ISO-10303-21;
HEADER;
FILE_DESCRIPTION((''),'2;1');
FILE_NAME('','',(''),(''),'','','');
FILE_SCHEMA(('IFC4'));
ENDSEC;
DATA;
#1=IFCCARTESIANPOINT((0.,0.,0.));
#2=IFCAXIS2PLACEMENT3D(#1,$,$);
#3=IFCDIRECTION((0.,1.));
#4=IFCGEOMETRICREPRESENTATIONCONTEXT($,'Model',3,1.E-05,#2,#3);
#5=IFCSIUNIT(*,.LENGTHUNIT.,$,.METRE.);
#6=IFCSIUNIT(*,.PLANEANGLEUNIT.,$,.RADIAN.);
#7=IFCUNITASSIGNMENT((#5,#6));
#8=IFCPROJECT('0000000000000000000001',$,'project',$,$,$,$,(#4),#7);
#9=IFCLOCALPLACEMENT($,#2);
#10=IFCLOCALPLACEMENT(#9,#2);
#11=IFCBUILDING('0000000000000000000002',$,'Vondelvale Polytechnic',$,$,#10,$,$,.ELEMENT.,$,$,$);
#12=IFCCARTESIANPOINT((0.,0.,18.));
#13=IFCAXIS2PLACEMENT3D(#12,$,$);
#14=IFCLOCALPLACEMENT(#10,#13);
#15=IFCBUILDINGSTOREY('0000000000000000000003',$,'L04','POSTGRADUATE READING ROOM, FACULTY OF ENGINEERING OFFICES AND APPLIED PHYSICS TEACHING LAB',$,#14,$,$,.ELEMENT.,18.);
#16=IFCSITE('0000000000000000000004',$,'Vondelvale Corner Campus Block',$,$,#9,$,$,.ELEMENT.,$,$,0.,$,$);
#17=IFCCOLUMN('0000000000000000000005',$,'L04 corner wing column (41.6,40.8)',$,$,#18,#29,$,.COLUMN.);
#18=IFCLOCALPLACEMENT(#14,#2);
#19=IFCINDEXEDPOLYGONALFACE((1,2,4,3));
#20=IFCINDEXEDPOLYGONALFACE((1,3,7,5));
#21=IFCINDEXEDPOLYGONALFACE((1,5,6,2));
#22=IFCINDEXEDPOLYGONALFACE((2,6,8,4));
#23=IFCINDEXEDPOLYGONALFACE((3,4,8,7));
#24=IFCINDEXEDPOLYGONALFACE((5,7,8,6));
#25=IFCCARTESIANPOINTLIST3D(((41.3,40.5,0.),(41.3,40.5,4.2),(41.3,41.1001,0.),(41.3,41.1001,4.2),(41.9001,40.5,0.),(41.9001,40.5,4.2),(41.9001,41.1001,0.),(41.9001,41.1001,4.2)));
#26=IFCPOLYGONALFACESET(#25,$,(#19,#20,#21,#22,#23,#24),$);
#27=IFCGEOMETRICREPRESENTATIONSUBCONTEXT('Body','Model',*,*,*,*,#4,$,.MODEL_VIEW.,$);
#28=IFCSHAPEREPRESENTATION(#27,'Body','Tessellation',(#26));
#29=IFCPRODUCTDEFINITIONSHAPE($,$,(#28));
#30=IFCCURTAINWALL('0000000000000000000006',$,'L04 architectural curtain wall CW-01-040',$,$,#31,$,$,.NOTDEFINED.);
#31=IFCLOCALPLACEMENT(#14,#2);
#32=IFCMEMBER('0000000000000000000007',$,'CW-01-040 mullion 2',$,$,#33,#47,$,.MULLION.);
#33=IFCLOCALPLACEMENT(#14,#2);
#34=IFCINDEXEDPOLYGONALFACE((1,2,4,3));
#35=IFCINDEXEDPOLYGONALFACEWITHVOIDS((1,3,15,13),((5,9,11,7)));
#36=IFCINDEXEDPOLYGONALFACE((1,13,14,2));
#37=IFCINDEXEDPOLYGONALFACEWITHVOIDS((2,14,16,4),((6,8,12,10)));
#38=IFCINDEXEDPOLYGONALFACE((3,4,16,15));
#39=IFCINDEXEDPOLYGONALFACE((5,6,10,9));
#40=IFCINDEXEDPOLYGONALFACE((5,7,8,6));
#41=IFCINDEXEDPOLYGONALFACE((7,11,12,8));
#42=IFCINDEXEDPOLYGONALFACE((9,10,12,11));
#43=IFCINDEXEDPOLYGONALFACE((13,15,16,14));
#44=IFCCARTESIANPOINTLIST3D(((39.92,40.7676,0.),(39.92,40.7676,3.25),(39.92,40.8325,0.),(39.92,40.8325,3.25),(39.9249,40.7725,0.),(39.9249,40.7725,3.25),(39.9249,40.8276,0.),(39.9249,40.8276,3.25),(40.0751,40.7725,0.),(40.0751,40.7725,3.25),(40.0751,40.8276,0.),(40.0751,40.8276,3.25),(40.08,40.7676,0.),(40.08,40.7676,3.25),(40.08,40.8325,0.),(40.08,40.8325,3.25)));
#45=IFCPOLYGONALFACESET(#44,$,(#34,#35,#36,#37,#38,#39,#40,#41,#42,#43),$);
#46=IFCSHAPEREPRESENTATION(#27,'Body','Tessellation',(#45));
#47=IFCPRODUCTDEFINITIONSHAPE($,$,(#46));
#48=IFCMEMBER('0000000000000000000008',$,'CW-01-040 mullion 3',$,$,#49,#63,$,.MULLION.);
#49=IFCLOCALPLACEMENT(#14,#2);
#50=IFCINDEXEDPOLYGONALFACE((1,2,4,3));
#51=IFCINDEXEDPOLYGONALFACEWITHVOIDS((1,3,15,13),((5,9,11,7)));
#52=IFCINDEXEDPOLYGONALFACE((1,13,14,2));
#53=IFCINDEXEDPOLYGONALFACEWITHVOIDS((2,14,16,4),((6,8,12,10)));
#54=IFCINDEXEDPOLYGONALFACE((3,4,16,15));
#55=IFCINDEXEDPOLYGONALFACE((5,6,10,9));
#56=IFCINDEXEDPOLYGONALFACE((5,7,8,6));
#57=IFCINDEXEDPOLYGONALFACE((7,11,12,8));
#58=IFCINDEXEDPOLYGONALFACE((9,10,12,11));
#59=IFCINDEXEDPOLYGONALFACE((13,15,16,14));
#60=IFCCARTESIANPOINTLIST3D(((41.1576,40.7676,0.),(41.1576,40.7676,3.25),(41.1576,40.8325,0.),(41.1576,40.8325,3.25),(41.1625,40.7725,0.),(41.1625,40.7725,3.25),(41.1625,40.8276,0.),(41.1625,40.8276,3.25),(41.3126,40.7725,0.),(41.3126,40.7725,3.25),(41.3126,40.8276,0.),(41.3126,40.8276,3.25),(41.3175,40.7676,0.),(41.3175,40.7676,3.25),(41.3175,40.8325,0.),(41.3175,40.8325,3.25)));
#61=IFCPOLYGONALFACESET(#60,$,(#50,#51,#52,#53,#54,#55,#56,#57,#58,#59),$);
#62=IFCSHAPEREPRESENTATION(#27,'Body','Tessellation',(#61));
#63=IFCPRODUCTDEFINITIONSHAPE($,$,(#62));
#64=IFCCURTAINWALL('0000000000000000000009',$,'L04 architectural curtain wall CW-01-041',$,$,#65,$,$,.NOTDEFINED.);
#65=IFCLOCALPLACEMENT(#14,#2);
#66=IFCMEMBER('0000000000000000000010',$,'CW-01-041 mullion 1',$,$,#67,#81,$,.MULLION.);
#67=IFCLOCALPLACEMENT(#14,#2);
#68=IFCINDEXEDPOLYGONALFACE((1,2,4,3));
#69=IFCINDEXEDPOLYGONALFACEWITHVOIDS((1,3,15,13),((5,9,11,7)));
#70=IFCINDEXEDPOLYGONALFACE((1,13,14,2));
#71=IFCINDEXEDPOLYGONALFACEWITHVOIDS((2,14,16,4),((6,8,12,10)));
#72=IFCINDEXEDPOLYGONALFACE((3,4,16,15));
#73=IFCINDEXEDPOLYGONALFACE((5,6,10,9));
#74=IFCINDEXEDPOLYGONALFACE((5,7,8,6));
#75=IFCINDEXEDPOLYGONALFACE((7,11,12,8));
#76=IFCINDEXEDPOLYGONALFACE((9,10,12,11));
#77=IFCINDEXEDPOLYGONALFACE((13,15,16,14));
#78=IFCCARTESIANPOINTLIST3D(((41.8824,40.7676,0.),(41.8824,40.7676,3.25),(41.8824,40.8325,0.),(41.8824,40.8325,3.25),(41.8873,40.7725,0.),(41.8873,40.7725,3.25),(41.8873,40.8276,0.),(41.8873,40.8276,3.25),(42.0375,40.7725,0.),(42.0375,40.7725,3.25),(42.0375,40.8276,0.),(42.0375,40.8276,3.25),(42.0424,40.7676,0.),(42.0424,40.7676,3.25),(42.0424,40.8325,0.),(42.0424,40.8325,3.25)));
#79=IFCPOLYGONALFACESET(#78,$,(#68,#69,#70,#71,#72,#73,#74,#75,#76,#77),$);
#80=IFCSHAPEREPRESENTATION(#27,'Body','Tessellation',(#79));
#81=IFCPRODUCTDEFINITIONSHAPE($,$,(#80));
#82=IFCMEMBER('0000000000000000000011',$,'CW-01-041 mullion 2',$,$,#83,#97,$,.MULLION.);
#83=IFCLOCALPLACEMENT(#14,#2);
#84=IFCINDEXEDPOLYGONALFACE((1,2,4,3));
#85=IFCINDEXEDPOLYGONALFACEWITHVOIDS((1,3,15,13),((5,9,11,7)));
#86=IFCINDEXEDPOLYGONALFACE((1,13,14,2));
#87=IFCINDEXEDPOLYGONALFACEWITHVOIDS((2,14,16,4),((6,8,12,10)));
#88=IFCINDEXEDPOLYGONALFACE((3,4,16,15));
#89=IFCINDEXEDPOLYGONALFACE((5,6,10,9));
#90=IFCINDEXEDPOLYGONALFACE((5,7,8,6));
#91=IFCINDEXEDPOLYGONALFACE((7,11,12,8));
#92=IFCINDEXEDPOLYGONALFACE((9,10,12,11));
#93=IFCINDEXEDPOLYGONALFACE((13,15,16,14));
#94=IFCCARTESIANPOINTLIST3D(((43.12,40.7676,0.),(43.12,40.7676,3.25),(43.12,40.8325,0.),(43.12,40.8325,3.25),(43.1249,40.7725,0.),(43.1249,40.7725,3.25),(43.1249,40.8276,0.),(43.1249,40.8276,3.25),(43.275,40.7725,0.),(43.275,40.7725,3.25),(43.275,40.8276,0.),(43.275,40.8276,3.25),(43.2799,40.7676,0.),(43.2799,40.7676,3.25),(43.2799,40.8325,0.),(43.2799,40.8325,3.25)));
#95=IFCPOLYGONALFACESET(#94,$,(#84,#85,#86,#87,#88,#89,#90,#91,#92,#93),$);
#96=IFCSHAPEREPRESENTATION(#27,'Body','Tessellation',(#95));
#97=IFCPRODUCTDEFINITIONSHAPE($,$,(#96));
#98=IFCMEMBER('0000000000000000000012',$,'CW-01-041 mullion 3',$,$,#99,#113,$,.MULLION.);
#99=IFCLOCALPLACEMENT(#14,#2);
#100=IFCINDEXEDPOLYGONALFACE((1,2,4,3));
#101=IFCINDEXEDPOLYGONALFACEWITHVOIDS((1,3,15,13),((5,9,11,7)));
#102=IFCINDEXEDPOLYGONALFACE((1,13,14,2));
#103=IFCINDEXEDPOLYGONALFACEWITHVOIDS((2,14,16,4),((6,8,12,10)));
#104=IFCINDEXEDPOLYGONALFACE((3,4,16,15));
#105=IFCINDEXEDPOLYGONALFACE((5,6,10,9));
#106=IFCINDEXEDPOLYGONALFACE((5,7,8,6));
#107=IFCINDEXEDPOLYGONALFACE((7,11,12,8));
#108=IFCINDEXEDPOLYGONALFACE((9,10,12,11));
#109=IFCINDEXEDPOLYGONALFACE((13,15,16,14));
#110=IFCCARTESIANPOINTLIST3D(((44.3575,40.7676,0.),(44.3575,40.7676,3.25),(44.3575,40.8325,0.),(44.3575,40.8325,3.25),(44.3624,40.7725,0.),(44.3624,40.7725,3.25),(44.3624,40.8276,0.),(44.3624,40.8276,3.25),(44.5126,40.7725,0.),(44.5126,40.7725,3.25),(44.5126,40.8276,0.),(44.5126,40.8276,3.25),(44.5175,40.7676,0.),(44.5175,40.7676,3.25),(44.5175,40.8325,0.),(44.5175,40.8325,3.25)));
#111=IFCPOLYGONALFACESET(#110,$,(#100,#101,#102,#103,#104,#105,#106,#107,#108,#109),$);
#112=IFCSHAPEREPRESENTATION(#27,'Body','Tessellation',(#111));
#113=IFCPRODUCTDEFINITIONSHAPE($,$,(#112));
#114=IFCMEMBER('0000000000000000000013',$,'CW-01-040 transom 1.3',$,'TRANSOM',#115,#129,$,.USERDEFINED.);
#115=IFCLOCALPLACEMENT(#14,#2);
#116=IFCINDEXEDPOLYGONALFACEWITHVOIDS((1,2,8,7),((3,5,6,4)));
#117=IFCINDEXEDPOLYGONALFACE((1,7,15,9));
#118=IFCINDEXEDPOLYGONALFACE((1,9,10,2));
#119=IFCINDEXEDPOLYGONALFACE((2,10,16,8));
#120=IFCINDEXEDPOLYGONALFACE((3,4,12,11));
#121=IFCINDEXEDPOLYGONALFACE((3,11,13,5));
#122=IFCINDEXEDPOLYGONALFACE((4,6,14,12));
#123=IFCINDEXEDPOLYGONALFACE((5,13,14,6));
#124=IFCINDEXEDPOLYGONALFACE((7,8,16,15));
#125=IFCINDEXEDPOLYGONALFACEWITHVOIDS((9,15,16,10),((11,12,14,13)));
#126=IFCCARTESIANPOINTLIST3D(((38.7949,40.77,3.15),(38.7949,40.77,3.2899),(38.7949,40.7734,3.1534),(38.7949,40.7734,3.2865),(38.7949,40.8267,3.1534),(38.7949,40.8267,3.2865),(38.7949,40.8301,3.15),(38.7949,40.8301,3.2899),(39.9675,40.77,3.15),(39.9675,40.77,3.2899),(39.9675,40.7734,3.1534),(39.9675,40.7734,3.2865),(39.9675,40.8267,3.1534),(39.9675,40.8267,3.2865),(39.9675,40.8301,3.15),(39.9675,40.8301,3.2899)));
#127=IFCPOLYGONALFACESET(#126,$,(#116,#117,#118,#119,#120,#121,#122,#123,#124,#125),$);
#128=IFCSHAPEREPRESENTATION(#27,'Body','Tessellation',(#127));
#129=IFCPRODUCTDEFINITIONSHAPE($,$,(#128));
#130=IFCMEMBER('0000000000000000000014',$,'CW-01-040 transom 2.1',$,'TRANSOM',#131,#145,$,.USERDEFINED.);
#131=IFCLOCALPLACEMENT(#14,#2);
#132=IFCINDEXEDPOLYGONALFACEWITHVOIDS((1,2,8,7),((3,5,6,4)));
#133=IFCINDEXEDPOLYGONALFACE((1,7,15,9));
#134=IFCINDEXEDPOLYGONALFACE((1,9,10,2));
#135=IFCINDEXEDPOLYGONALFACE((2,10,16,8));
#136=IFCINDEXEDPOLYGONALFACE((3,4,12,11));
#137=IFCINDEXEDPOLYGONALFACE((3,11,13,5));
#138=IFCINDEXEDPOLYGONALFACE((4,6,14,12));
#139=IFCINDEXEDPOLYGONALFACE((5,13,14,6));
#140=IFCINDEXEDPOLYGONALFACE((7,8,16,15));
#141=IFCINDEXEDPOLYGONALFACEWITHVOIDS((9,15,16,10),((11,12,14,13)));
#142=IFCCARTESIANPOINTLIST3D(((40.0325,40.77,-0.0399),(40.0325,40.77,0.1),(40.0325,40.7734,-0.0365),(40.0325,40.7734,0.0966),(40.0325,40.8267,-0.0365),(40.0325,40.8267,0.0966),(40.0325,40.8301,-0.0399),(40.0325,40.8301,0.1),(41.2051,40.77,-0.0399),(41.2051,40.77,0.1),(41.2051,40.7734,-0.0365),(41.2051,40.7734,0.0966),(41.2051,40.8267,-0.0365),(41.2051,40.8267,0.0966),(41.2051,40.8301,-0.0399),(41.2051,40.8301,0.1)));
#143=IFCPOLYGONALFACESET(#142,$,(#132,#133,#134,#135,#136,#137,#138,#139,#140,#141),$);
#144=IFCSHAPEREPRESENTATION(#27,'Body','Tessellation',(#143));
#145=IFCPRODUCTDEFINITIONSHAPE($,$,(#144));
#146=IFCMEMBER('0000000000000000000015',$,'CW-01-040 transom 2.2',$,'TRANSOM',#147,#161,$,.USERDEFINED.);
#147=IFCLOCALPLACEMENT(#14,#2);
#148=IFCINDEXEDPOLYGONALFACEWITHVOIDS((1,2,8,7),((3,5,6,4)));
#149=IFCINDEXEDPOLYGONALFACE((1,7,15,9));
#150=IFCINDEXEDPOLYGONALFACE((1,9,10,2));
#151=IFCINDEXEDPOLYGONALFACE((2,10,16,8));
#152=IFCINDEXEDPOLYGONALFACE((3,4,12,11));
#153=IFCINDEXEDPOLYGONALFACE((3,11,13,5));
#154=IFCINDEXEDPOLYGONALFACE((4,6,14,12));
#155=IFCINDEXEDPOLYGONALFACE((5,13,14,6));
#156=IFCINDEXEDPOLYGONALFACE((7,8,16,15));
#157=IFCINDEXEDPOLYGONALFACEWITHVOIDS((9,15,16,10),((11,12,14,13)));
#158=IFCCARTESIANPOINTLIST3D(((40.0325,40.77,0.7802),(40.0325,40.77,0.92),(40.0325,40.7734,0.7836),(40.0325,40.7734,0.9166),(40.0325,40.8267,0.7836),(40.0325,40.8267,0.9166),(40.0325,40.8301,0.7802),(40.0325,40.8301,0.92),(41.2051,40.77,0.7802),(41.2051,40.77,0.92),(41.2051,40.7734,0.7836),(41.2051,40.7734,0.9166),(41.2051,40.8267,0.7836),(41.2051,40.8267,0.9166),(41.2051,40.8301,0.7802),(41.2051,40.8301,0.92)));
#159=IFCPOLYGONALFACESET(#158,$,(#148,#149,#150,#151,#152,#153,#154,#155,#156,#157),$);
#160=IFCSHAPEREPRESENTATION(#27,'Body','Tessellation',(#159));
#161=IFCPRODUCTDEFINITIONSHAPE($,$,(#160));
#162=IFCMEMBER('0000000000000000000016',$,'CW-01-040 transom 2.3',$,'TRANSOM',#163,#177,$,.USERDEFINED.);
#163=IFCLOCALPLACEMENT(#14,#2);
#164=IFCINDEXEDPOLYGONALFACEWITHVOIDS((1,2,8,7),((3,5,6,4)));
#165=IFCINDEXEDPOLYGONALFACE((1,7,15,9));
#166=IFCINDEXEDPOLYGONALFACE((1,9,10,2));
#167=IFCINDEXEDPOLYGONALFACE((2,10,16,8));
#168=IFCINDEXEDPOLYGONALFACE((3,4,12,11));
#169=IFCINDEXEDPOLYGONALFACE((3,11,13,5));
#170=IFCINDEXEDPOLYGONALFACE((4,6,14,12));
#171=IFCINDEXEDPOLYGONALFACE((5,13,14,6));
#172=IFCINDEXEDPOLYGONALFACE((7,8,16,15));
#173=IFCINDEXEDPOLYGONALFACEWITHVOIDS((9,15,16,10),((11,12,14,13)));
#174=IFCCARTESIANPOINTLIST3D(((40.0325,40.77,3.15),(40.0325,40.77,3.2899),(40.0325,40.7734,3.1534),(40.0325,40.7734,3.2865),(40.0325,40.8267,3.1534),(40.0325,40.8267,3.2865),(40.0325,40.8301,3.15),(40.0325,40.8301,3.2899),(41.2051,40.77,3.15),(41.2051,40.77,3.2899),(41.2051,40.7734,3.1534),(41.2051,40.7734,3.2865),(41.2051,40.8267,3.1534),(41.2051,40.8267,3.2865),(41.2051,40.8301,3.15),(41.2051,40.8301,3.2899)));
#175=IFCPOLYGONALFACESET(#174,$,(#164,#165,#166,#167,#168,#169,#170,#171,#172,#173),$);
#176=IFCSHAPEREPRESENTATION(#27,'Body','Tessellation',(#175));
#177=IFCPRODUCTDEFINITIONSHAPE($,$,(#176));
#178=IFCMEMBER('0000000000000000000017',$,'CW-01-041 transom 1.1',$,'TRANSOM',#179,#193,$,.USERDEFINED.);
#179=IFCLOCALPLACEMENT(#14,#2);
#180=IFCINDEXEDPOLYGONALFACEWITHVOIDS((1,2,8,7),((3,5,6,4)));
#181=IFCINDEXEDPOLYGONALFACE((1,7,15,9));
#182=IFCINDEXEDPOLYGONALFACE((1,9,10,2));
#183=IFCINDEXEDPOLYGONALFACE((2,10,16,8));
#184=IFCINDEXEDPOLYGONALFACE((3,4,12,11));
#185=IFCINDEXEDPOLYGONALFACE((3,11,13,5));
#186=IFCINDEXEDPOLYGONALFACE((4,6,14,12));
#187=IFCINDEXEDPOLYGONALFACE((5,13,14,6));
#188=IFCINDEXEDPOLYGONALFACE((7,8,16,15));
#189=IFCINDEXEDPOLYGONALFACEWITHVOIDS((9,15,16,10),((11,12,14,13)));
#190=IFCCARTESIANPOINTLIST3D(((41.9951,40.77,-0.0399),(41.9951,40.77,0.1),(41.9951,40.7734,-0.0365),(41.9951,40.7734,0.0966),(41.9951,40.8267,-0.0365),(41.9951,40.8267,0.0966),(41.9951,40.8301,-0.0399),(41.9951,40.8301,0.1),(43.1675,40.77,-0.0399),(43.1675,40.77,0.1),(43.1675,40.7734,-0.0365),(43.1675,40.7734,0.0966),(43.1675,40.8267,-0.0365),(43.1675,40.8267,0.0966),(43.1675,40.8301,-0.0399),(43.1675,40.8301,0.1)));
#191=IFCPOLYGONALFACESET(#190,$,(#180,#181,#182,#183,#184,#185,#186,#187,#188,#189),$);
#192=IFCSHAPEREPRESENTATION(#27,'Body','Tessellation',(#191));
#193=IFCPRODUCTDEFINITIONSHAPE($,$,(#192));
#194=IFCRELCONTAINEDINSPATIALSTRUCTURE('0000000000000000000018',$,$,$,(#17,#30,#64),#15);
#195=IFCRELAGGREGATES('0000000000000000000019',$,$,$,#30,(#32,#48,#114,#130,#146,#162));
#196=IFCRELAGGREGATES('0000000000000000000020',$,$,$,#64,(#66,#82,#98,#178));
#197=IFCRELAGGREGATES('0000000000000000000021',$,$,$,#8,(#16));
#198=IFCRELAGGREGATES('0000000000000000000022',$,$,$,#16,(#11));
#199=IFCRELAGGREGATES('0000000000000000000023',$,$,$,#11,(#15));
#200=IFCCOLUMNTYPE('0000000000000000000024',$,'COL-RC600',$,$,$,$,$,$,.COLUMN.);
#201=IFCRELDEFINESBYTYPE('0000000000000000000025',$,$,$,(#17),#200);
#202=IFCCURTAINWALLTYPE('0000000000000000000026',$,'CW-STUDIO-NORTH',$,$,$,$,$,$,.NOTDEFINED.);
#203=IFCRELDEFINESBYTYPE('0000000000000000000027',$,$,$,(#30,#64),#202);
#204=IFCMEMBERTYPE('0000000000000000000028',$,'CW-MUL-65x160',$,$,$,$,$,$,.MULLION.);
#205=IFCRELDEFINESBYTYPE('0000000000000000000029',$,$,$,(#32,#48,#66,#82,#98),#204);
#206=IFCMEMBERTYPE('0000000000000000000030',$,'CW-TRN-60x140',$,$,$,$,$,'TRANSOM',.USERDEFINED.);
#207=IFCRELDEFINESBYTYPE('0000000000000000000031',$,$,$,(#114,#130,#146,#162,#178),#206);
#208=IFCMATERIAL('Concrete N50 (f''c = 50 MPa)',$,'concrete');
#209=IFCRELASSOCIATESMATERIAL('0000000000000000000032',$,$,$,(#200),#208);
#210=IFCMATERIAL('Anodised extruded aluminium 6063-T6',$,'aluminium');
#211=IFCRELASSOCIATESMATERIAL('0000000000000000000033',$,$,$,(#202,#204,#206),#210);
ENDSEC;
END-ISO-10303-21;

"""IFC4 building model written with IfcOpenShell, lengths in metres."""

from ifc_helpers import new_model, si_unit, direction, frame, origin, origin_2d, place, context, subcontext, project, spatial, rectangle, hollow_rectangle, extrude, material, material_profile, profile_set, type_object, element, aggregate, save


model = new_model("IFC4")

# Units and contexts
model_context = context("Model", 3, precision=1e-05, world=origin(), true_north=direction((0.0, 1.0)))
body_context = subcontext(model_context, "Body", "Model", "MODEL_VIEW")
ifc_project = project(units=[si_unit("LENGTHUNIT", "METRE"), si_unit("PLANEANGLEUNIT", "RADIAN")], contexts=[model_context])

# Site, building, storey
site_placement = place(None, origin())
site = spatial("IfcSite", under=ifc_project, at=site_placement, Name="Vondelvale Corner Campus Block", CompositionType="ELEMENT", RefElevation=0.0)
building_placement = place(site_placement, origin())
building = spatial("IfcBuilding", under=site, at=building_placement, Name="Vondelvale Polytechnic", CompositionType="ELEMENT")
storey_placement = place(building_placement, frame((0.0, 0.0, 18.0)))
storey = spatial("IfcBuildingStorey", under=building, at=storey_placement, Name="L04", Description="POSTGRADUATE READING ROOM, FACULTY OF ENGINEERING OFFICES AND APPLIED PHYSICS TEACHING LAB", CompositionType="ELEMENT", Elevation=18.0)

# Column
ifc_material_1 = material(Name="Concrete N50 (f'c = 50 MPa)", Category="concrete")
ifc_material_profile_1 = material_profile(ifc_material_1, rectangle(XDim=0.6001, YDim=0.6001, at=origin_2d()), Name="RC-COL-600x600")
ifc_profile_set_1 = profile_set([ifc_material_profile_1], Name="Concrete N50 (f'c = 50 MPa)")
column_type = type_object("IfcColumnType", Name="COL-RC600", PredefinedType="COLUMN", material=ifc_profile_set_1)
column_placement = place(storey_placement, frame((41.6001, 40.8, 0.0), z_axis=(0.0, 0.0, 1.0), x_axis=(1.0, 0.0, 0.0)))
element("IfcColumn", 1, at=column_placement, inside=storey, type_object=column_type, Name="L04 corner wing column (41.6,40.8)", PredefinedType="COLUMN", context=body_context, shape_type="SweptSolid", body=[
    extrude(rectangle(XDim=0.6001, YDim=0.6001, at=origin_2d()), origin(), (0.0, 0.0, 1.0), 4.2),
])

# Curtain walls, members
ifc_material_2 = material(Name="Anodised extruded aluminium 6063-T6", Category="aluminium")
curtain_wall_type = type_object("IfcCurtainWallType", Name="CW-STUDIO-NORTH", PredefinedType="NOTDEFINED", material=ifc_material_2)
curtain_wall_1_placement = place(storey_placement, origin())
curtain_wall_1 = element("IfcCurtainWall", 2, at=curtain_wall_1_placement, inside=storey, type_object=curtain_wall_type, Name="L04 architectural curtain wall CW-01-040", PredefinedType="NOTDEFINED")
ifc_material_profile_2 = material_profile(ifc_material_2, hollow_rectangle(XDim=0.0649, YDim=0.1599, WallThickness=0.0049, at=origin_2d()), Name="CW-MUL-160x65")
ifc_profile_set_2 = profile_set([ifc_material_profile_2], Name="Anodised extruded aluminium 6063-T6")
member_type_1 = type_object("IfcMemberType", Name="CW-MUL-65x160", PredefinedType="MULLION", material=ifc_profile_set_2)
member_1_placement = place(storey_placement, frame((40.0, 40.8, 0.0), z_axis=(0.0, 0.0, 1.0), x_axis=(0.0, 1.0, 0.0)))
member_1 = element("IfcMember", 3, at=member_1_placement, type_object=member_type_1, Name="CW-01-040 mullion 2", PredefinedType="MULLION", context=body_context, shape_type="SweptSolid", body=[
    extrude(hollow_rectangle(XDim=0.0649, YDim=0.1599, WallThickness=0.0049, at=origin_2d()), origin(), (0.0, 0.0, 1.0), 3.25),
])
member_2_placement = place(storey_placement, frame((41.2375, 40.8, 0.0), z_axis=(0.0, 0.0, 1.0), x_axis=(0.0, 1.0, 0.0)))
member_2 = element("IfcMember", 4, at=member_2_placement, type_object=member_type_1, Name="CW-01-040 mullion 3", PredefinedType="MULLION", context=body_context, shape_type="SweptSolid", body=[
    extrude(hollow_rectangle(XDim=0.0649, YDim=0.1599, WallThickness=0.0049, at=origin_2d()), origin(), (0.0, 0.0, 1.0), 3.25),
])
curtain_wall_2_placement = place(storey_placement, origin())
curtain_wall_2 = element("IfcCurtainWall", 5, at=curtain_wall_2_placement, inside=storey, type_object=curtain_wall_type, Name="L04 architectural curtain wall CW-01-041", PredefinedType="NOTDEFINED")
member_3_placement = place(storey_placement, frame((41.9624, 40.8, 0.0), z_axis=(0.0, 0.0, 1.0), x_axis=(0.0, 1.0, 0.0)))
member_3 = element("IfcMember", 6, at=member_3_placement, type_object=member_type_1, Name="CW-01-041 mullion 1", PredefinedType="MULLION", context=body_context, shape_type="SweptSolid", body=[
    extrude(hollow_rectangle(XDim=0.0649, YDim=0.1599, WallThickness=0.0049, at=origin_2d()), origin(), (0.0, 0.0, 1.0), 3.25),
])
member_4_placement = place(storey_placement, frame((43.2, 40.8, 0.0), z_axis=(0.0, 0.0, 1.0), x_axis=(0.0, 1.0, 0.0)))
member_4 = element("IfcMember", 7, at=member_4_placement, type_object=member_type_1, Name="CW-01-041 mullion 2", PredefinedType="MULLION", context=body_context, shape_type="SweptSolid", body=[
    extrude(hollow_rectangle(XDim=0.0649, YDim=0.1599, WallThickness=0.0049, at=origin_2d()), origin(), (0.0, 0.0, 1.0), 3.25),
])
member_5_placement = place(storey_placement, frame((44.4375, 40.8, 0.0), z_axis=(0.0, 0.0, 1.0), x_axis=(0.0, 1.0, 0.0)))
member_5 = element("IfcMember", 8, at=member_5_placement, type_object=member_type_1, Name="CW-01-041 mullion 3", PredefinedType="MULLION", context=body_context, shape_type="SweptSolid", body=[
    extrude(hollow_rectangle(XDim=0.0649, YDim=0.1599, WallThickness=0.0049, at=origin_2d()), origin(), (0.0, 0.0, 1.0), 3.25),
])

# Members
ifc_material_profile_3 = material_profile(ifc_material_2, hollow_rectangle(XDim=0.0601, YDim=0.1399, WallThickness=0.0034, at=origin_2d()), Name="CW-TRN-140x60")
ifc_profile_set_3 = profile_set([ifc_material_profile_3], Name="Anodised extruded aluminium 6063-T6")
member_type_2 = type_object("IfcMemberType", Name="CW-TRN-60x140", ElementType="TRANSOM", PredefinedType="USERDEFINED", material=ifc_profile_set_3)
member_6_placement = place(storey_placement, frame((38.7949, 40.8, 3.22), z_axis=(1.0, 0.0, 0.0), x_axis=(0.0, 1.0, 0.0)))
member_6 = element("IfcMember", 9, at=member_6_placement, type_object=member_type_2, Name="CW-01-040 transom 1.3", ObjectType="TRANSOM", PredefinedType="USERDEFINED", context=body_context, shape_type="SweptSolid", body=[
    extrude(hollow_rectangle(XDim=0.0601, YDim=0.1399, WallThickness=0.0034, at=origin_2d()), origin(), (0.0, 0.0, 1.0), 1.1726),
])
member_7_placement = place(storey_placement, frame((40.0325, 40.8, 0.03), z_axis=(1.0, 0.0, 0.0), x_axis=(0.0, 1.0, 0.0)))
member_7 = element("IfcMember", 10, at=member_7_placement, type_object=member_type_2, Name="CW-01-040 transom 2.1", ObjectType="TRANSOM", PredefinedType="USERDEFINED", context=body_context, shape_type="SweptSolid", body=[
    extrude(hollow_rectangle(XDim=0.0601, YDim=0.1399, WallThickness=0.0034, at=origin_2d()), origin(), (0.0, 0.0, 1.0), 1.1726),
])
member_8_placement = place(storey_placement, frame((40.0325, 40.8, 0.8501), z_axis=(1.0, 0.0, 0.0), x_axis=(0.0, 1.0, 0.0)))
member_8 = element("IfcMember", 11, at=member_8_placement, type_object=member_type_2, Name="CW-01-040 transom 2.2", ObjectType="TRANSOM", PredefinedType="USERDEFINED", context=body_context, shape_type="SweptSolid", body=[
    extrude(hollow_rectangle(XDim=0.0601, YDim=0.1399, WallThickness=0.0034, at=origin_2d()), origin(), (0.0, 0.0, 1.0), 1.1726),
])
member_9_placement = place(storey_placement, frame((40.0325, 40.8, 3.22), z_axis=(1.0, 0.0, 0.0), x_axis=(0.0, 1.0, 0.0)))
member_9 = element("IfcMember", 12, at=member_9_placement, type_object=member_type_2, Name="CW-01-040 transom 2.3", ObjectType="TRANSOM", PredefinedType="USERDEFINED", context=body_context, shape_type="SweptSolid", body=[
    extrude(hollow_rectangle(XDim=0.0601, YDim=0.1399, WallThickness=0.0034, at=origin_2d()), origin(), (0.0, 0.0, 1.0), 1.1726),
])
member_10_placement = place(storey_placement, frame((41.9951, 40.8, 0.03), z_axis=(1.0, 0.0, 0.0), x_axis=(0.0, 1.0, 0.0)))
member_10 = element("IfcMember", 13, at=member_10_placement, type_object=member_type_2, Name="CW-01-041 transom 1.1", ObjectType="TRANSOM", PredefinedType="USERDEFINED", context=body_context, shape_type="SweptSolid", body=[
    extrude(hollow_rectangle(XDim=0.0601, YDim=0.1399, WallThickness=0.0034, at=origin_2d()), origin(), (0.0, 0.0, 1.0), 1.1724),
])

aggregate(curtain_wall_1, [member_1, member_2, member_6, member_7, member_8, member_9])
aggregate(curtain_wall_2, [member_3, member_4, member_5, member_10])

save(model, "model.ifc")
